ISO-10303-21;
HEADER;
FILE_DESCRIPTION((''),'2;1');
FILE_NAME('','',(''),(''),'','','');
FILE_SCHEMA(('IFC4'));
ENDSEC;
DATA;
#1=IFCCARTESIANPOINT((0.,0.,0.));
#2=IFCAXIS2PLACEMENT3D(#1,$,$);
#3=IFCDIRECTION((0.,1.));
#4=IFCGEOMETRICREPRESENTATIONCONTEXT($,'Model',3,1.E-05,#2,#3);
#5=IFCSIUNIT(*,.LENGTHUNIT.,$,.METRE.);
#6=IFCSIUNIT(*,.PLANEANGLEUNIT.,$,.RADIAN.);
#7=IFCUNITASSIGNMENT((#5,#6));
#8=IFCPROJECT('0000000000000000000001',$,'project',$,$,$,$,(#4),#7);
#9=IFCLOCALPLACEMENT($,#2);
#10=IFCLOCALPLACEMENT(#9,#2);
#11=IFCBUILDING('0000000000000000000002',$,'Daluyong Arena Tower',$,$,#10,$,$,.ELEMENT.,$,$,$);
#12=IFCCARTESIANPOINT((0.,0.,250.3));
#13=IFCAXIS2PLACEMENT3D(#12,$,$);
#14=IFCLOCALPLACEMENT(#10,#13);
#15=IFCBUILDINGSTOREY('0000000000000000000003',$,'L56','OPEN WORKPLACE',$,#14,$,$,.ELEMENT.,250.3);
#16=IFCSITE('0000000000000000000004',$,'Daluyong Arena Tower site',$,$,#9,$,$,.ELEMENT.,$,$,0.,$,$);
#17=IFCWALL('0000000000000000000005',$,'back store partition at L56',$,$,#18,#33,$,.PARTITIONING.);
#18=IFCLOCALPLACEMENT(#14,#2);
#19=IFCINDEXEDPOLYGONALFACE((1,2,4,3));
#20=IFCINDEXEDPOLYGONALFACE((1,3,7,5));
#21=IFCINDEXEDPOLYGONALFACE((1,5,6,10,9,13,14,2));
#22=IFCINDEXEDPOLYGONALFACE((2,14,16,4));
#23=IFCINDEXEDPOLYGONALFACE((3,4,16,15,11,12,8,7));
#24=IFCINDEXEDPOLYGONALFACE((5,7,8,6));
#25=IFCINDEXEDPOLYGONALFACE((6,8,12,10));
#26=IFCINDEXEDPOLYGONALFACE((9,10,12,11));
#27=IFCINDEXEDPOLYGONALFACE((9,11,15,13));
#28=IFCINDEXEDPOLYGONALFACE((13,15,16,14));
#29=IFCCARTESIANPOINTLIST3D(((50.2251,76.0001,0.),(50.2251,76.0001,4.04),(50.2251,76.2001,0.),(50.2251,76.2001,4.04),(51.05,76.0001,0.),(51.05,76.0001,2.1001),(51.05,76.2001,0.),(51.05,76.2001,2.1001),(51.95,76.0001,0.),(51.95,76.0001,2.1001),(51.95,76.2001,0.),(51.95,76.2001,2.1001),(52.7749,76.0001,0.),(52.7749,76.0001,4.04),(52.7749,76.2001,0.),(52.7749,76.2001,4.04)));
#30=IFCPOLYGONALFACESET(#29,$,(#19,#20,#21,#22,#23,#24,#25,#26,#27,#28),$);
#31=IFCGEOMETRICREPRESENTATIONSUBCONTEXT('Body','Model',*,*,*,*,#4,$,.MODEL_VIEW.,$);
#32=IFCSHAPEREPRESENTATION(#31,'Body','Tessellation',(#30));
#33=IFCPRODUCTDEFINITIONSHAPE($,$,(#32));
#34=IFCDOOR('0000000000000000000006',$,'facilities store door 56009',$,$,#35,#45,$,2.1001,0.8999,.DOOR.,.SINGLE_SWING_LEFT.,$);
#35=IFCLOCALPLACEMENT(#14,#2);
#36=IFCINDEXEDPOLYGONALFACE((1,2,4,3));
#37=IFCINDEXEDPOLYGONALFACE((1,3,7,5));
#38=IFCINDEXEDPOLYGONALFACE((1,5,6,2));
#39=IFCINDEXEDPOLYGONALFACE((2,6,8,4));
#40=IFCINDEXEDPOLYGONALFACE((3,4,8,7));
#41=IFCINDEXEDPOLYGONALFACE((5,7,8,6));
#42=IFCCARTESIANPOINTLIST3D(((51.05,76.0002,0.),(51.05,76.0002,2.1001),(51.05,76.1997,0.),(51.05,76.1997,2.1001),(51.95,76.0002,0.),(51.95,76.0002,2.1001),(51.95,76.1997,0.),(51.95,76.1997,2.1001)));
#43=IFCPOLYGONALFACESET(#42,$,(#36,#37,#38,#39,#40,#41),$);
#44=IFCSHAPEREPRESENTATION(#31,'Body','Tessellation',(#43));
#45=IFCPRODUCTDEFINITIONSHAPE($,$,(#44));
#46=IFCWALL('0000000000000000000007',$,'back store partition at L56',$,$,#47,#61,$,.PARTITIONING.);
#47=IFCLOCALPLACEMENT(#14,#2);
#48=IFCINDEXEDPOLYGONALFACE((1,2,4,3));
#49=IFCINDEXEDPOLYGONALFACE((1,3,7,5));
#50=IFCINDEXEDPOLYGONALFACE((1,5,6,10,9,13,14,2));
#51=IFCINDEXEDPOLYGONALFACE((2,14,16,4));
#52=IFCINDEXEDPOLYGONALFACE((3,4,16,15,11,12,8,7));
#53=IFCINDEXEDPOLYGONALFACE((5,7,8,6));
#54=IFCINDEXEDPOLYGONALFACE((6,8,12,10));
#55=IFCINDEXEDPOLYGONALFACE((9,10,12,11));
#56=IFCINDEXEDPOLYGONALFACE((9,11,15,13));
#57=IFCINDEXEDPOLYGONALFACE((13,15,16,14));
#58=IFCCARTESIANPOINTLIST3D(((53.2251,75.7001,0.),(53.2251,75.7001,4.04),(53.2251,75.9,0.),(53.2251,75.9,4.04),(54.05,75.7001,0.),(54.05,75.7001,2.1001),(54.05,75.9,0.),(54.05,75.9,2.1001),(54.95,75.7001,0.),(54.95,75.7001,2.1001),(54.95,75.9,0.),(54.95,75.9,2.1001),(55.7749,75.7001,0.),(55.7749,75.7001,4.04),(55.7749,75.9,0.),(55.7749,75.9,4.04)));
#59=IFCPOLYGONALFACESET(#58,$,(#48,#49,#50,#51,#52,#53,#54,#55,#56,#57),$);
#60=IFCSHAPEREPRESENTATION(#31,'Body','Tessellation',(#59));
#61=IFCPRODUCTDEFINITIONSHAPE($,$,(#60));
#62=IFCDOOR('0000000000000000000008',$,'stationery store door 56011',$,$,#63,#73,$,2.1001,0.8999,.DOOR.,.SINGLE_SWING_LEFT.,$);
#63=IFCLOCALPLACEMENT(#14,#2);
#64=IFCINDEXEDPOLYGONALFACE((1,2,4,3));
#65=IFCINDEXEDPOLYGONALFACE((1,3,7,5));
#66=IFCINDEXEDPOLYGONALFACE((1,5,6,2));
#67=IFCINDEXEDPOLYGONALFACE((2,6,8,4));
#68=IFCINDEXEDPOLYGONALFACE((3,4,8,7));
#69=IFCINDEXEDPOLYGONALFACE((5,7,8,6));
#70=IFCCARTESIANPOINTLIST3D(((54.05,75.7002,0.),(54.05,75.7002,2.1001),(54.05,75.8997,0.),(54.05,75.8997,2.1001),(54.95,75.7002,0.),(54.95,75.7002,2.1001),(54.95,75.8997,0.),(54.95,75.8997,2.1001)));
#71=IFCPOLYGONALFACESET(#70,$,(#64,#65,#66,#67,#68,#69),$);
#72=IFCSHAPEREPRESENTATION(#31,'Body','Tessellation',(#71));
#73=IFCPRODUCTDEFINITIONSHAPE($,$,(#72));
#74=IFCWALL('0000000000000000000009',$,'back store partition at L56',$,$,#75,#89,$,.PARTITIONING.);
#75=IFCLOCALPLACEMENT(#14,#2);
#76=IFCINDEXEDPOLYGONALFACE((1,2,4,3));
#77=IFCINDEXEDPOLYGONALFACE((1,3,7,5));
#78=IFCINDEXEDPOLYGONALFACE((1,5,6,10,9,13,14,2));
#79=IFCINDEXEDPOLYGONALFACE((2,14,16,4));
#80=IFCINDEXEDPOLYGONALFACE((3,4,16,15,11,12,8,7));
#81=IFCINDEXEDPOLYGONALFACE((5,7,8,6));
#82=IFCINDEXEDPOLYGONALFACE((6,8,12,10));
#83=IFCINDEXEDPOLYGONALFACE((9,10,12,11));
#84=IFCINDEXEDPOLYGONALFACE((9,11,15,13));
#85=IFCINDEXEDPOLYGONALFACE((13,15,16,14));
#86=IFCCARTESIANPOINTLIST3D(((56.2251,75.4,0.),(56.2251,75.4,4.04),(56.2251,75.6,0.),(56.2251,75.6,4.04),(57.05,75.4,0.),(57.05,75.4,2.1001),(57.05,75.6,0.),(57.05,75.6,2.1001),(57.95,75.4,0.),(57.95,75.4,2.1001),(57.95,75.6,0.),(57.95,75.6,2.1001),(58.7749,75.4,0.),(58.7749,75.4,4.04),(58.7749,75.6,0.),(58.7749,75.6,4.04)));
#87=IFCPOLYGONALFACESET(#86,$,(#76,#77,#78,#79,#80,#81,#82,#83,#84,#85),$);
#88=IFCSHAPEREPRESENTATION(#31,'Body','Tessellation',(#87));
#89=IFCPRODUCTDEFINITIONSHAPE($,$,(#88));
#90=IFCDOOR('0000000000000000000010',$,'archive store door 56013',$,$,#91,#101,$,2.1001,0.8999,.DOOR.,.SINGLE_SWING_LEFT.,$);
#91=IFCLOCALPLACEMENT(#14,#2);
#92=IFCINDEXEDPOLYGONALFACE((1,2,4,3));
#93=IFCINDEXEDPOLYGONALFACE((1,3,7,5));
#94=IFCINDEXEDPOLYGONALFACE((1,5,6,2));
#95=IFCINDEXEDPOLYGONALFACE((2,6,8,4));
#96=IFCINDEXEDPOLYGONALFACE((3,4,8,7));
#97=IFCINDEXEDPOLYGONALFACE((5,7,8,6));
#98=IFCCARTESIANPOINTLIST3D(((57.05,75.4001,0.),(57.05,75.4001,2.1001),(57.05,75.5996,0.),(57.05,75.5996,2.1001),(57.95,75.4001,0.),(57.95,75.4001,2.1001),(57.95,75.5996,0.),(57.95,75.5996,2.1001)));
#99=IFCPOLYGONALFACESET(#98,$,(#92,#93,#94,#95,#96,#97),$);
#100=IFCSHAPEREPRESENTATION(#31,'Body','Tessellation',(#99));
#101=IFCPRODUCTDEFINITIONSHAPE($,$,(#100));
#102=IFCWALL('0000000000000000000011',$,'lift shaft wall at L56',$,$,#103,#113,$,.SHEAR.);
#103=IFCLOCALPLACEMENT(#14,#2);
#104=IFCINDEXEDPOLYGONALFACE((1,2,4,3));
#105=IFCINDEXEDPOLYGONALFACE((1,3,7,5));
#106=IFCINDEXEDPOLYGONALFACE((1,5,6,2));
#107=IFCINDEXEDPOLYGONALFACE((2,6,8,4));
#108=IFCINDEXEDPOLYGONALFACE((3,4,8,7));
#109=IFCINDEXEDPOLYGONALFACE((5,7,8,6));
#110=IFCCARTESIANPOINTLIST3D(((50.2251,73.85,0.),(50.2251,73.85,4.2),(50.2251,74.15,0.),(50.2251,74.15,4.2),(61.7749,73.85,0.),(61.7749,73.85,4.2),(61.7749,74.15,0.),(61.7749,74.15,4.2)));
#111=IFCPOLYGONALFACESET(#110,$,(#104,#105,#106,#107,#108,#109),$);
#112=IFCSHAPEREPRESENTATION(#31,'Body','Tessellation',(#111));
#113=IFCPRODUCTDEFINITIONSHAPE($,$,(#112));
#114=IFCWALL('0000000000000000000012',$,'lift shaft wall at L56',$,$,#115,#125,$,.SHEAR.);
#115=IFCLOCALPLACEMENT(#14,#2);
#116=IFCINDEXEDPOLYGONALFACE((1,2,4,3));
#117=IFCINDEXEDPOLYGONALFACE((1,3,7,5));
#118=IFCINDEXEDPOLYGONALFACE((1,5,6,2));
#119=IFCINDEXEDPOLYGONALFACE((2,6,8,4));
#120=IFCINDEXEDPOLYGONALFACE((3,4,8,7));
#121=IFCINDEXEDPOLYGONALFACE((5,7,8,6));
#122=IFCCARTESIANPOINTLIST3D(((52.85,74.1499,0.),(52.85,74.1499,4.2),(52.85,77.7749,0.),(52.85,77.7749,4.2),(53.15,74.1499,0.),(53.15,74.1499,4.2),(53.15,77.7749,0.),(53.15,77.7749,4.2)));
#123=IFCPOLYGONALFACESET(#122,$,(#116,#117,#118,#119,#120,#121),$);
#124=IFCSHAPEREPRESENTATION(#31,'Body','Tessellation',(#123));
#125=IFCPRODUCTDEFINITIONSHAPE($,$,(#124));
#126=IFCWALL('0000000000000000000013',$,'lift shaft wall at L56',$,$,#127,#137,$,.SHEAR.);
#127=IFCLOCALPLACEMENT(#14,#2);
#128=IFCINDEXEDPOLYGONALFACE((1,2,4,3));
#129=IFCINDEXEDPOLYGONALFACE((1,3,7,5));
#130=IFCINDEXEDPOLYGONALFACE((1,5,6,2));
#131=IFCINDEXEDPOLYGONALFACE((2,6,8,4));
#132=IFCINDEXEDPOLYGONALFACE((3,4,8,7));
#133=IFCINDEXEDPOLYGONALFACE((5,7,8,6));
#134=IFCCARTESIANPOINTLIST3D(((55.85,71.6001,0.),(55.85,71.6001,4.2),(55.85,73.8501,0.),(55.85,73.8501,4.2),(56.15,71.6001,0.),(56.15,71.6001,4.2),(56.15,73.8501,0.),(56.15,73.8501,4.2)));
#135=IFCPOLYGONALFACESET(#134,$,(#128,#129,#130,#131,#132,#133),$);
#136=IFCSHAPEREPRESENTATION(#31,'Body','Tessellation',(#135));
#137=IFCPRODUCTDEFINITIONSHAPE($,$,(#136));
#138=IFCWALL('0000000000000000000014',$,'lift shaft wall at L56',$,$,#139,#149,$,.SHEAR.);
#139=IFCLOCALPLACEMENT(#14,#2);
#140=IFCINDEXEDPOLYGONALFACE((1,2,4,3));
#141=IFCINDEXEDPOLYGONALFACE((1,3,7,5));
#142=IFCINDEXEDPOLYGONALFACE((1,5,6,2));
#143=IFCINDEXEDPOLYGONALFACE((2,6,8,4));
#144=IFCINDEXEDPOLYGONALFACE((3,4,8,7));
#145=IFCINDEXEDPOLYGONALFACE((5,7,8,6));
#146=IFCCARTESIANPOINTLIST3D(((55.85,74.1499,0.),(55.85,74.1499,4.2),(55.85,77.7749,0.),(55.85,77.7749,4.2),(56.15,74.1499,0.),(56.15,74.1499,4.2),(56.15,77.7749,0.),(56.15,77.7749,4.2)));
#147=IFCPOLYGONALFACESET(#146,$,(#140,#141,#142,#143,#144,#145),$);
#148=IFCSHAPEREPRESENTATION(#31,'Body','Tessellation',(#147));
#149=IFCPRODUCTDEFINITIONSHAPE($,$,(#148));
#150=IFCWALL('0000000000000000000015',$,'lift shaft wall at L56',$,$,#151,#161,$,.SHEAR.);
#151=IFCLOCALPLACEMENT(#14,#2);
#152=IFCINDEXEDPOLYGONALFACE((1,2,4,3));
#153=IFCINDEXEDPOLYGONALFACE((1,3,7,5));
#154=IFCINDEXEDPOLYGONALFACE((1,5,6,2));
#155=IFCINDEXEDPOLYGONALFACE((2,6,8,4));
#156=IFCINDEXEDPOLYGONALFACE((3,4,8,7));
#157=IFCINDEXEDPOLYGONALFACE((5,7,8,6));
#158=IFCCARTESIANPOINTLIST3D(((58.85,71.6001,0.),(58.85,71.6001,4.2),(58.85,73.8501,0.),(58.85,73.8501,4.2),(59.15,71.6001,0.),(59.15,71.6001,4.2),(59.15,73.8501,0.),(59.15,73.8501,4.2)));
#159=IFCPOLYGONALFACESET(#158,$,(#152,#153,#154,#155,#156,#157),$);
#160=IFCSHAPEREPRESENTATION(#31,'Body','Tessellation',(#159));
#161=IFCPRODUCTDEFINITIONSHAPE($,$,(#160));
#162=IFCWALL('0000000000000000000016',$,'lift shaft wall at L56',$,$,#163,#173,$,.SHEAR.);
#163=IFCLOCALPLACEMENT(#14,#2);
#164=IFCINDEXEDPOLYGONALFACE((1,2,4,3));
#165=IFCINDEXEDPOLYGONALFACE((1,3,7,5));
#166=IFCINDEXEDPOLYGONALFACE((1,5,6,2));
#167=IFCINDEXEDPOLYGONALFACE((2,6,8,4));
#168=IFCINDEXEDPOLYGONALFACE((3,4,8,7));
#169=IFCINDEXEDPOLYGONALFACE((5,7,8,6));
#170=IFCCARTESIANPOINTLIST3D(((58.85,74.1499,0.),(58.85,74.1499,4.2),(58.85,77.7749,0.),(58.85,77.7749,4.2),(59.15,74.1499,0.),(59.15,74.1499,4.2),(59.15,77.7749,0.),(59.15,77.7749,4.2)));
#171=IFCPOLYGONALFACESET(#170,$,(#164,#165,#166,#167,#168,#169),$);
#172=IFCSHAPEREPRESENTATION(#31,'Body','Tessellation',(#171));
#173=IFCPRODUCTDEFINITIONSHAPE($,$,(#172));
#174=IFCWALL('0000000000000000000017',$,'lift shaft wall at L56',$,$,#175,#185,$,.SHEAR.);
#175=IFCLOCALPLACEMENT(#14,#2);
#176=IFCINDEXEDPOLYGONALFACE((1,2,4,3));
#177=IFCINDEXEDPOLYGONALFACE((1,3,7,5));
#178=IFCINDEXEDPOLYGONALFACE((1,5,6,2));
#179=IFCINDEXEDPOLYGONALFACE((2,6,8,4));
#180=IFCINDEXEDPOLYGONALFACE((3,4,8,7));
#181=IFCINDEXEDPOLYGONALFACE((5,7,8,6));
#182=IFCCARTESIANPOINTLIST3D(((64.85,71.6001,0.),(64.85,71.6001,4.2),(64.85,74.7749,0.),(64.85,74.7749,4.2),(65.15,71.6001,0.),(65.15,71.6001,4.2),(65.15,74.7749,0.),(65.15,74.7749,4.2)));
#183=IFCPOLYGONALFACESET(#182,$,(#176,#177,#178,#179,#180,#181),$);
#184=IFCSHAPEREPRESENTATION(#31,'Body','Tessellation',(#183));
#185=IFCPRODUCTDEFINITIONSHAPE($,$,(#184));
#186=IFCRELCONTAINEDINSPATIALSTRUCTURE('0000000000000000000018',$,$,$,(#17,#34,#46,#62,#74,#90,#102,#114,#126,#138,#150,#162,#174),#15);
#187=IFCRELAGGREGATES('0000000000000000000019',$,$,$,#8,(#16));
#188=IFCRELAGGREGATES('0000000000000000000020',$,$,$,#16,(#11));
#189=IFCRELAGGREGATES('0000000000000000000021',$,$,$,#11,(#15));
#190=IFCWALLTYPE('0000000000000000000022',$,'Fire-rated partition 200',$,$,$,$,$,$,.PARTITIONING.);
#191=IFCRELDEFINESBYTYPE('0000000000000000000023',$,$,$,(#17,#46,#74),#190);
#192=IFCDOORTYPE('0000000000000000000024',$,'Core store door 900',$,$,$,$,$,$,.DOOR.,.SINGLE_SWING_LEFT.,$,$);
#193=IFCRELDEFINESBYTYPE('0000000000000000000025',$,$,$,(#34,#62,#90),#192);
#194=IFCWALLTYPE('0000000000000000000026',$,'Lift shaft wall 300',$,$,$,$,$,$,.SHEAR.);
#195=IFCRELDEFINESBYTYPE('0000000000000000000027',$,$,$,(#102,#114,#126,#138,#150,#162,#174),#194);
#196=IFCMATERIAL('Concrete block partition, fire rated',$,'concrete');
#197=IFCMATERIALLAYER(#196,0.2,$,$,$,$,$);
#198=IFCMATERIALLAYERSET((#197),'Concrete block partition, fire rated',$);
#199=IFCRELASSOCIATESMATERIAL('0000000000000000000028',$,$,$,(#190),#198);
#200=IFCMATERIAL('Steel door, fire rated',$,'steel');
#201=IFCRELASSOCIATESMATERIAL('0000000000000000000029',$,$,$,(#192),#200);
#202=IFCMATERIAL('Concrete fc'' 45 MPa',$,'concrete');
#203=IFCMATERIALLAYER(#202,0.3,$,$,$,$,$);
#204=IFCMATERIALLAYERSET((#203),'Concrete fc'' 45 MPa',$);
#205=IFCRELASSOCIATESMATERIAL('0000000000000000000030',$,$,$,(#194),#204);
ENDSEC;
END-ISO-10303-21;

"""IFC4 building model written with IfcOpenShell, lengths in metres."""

from ifc_helpers import new_model, si_unit, direction, frame, frame_2d, origin, place, context, subcontext, project, spatial, rectangle, extrude, material, layer, layer_set, type_object, element, fill, save


model = new_model("IFC4")

# Units and contexts
model_context = context("Model", 3, precision=1e-05, world=origin(), true_north=direction((0.0, 1.0)))
body_context = subcontext(model_context, "Body", "Model", "MODEL_VIEW")
ifc_project = project(units=[si_unit("LENGTHUNIT", "METRE"), si_unit("PLANEANGLEUNIT", "RADIAN")], contexts=[model_context])

# Site, building, storey
site_placement = place(None, origin())
site = spatial("IfcSite", under=ifc_project, at=site_placement, Name="Daluyong Arena Tower site", CompositionType="ELEMENT", RefElevation=0.0)
building_placement = place(site_placement, origin())
building = spatial("IfcBuilding", under=site, at=building_placement, Name="Daluyong Arena Tower", CompositionType="ELEMENT")
storey_placement = place(building_placement, frame((0.0, 0.0, 250.3)))
storey = spatial("IfcBuildingStorey", under=building, at=storey_placement, Name="L56", Description="OPEN WORKPLACE", CompositionType="ELEMENT", Elevation=250.3)

# Walls, openings, doors
ifc_material_1 = material(Name="Concrete block partition, fire rated", Category="concrete")
ifc_layer_1 = layer(ifc_material_1, 0.2)
ifc_layer_set_1 = layer_set([ifc_layer_1], Name="Concrete block partition, fire rated")
wall_type_1 = type_object("IfcWallType", Name="Fire-rated partition 200", PredefinedType="PARTITIONING", material=ifc_layer_set_1)
wall_1_placement = place(storey_placement, frame((50.2251, 76.1001, 0.0), z_axis=(0.0, 0.0, 1.0), x_axis=(1.0, 0.0, 0.0)))
wall_1 = element("IfcWall", 1, at=wall_1_placement, inside=storey, type_object=wall_type_1, Name="back store partition at L56", PredefinedType="PARTITIONING", context=body_context, shape_type="SweptSolid", body=[
    extrude(rectangle(XDim=2.5498, YDim=0.2, at=frame_2d((1.2749, 0.0))), origin(), (0.0, 0.0, 1.0), 4.04),
])
opening_1_placement = place(wall_1_placement, frame((0.825, 0.0, 0.0)))
opening_1 = element("IfcOpeningElement", 2, at=opening_1_placement, cuts=wall_1, PredefinedType="OPENING", context=body_context, shape_type="SweptSolid", body=[
    extrude(rectangle(XDim=0.8999, YDim=2.1001, at=frame_2d((0.45, 1.05))), frame((0.0, 0.1099, 0.0), z_axis=(0.0, -1.0, 0.0), x_axis=(1.0, 0.0, 0.0)), (0.0, 0.0, 1.0), 0.22),
])
ifc_material_2 = material(Name="Steel door, fire rated", Category="steel")
door_type_1 = type_object("IfcDoorType", Name="Core store door 900", OperationType="SINGLE_SWING_LEFT", PredefinedType="DOOR", material=ifc_material_2)
door_1_placement = place(opening_1_placement, origin())
door_1 = element("IfcDoor", 3, at=door_1_placement, inside=storey, type_object=door_type_1, Name="facilities store door 56009", OperationType="SINGLE_SWING_LEFT", OverallHeight=2.1001, OverallWidth=0.8999, PredefinedType="DOOR", context=body_context, shape_type="SweptSolid", body=[
    extrude(rectangle(XDim=0.8999, YDim=2.1001, at=frame_2d((0.45, 1.05))), frame((0.0, 0.0996, 0.0), z_axis=(0.0, -1.0, 0.0), x_axis=(1.0, 0.0, 0.0)), (0.0, 0.0, 1.0), 0.1995),
])
fill(opening_1, door_1)
wall_2_placement = place(storey_placement, frame((53.2251, 75.8, 0.0), z_axis=(0.0, 0.0, 1.0), x_axis=(1.0, 0.0, 0.0)))
wall_2 = element("IfcWall", 4, at=wall_2_placement, inside=storey, type_object=wall_type_1, Name="back store partition at L56", PredefinedType="PARTITIONING", context=body_context, shape_type="SweptSolid", body=[
    extrude(rectangle(XDim=2.5498, YDim=0.2, at=frame_2d((1.2749, 0.0))), origin(), (0.0, 0.0, 1.0), 4.04),
])
opening_2_placement = place(wall_2_placement, frame((0.825, 0.0, 0.0)))
opening_2 = element("IfcOpeningElement", 5, at=opening_2_placement, cuts=wall_2, PredefinedType="OPENING", context=body_context, shape_type="SweptSolid", body=[
    extrude(rectangle(XDim=0.8999, YDim=2.1001, at=frame_2d((0.45, 1.05))), frame((0.0, 0.1099, 0.0), z_axis=(0.0, -1.0, 0.0), x_axis=(1.0, 0.0, 0.0)), (0.0, 0.0, 1.0), 0.22),
])
door_2_placement = place(opening_2_placement, origin())
door_2 = element("IfcDoor", 6, at=door_2_placement, inside=storey, type_object=door_type_1, Name="stationery store door 56011", OperationType="SINGLE_SWING_LEFT", OverallHeight=2.1001, OverallWidth=0.8999, PredefinedType="DOOR", context=body_context, shape_type="SweptSolid", body=[
    extrude(rectangle(XDim=0.8999, YDim=2.1001, at=frame_2d((0.45, 1.05))), frame((0.0, 0.0996, 0.0), z_axis=(0.0, -1.0, 0.0), x_axis=(1.0, 0.0, 0.0)), (0.0, 0.0, 1.0), 0.1995),
])
fill(opening_2, door_2)
wall_3_placement = place(storey_placement, frame((56.2251, 75.5, 0.0), z_axis=(0.0, 0.0, 1.0), x_axis=(1.0, 0.0, 0.0)))
wall_3 = element("IfcWall", 7, at=wall_3_placement, inside=storey, type_object=wall_type_1, Name="back store partition at L56", PredefinedType="PARTITIONING", context=body_context, shape_type="SweptSolid", body=[
    extrude(rectangle(XDim=2.5498, YDim=0.2, at=frame_2d((1.2749, 0.0))), origin(), (0.0, 0.0, 1.0), 4.04),
])
opening_3_placement = place(wall_3_placement, frame((0.825, 0.0, 0.0)))
opening_3 = element("IfcOpeningElement", 8, at=opening_3_placement, cuts=wall_3, PredefinedType="OPENING", context=body_context, shape_type="SweptSolid", body=[
    extrude(rectangle(XDim=0.8999, YDim=2.1001, at=frame_2d((0.45, 1.05))), frame((0.0, 0.1099, 0.0), z_axis=(0.0, -1.0, 0.0), x_axis=(1.0, 0.0, 0.0)), (0.0, 0.0, 1.0), 0.22),
])
door_3_placement = place(opening_3_placement, origin())
door_3 = element("IfcDoor", 9, at=door_3_placement, inside=storey, type_object=door_type_1, Name="archive store door 56013", OperationType="SINGLE_SWING_LEFT", OverallHeight=2.1001, OverallWidth=0.8999, PredefinedType="DOOR", context=body_context, shape_type="SweptSolid", body=[
    extrude(rectangle(XDim=0.8999, YDim=2.1001, at=frame_2d((0.45, 1.05))), frame((0.0, 0.0996, 0.0), z_axis=(0.0, -1.0, 0.0), x_axis=(1.0, 0.0, 0.0)), (0.0, 0.0, 1.0), 0.1995),
])
fill(opening_3, door_3)

# Walls
ifc_material_3 = material(Name="Concrete fc' 45 MPa", Category="concrete")
ifc_layer_2 = layer(ifc_material_3, 0.3)
ifc_layer_set_2 = layer_set([ifc_layer_2], Name="Concrete fc' 45 MPa")
wall_type_2 = type_object("IfcWallType", Name="Lift shaft wall 300", PredefinedType="SHEAR", material=ifc_layer_set_2)
wall_4_placement = place(storey_placement, frame((50.2251, 74.0, 0.0), z_axis=(0.0, 0.0, 1.0), x_axis=(1.0, 0.0, 0.0)))
element("IfcWall", 10, at=wall_4_placement, inside=storey, type_object=wall_type_2, Name="lift shaft wall at L56", PredefinedType="SHEAR", context=body_context, shape_type="SweptSolid", body=[
    extrude(rectangle(XDim=11.5498, YDim=0.3, at=frame_2d((5.7749, 0.0))), origin(), (0.0, 0.0, 1.0), 4.2),
])
wall_5_placement = place(storey_placement, frame((53.0, 74.1499, 0.0), z_axis=(0.0, 0.0, 1.0), x_axis=(0.0, 1.0, 0.0)))
element("IfcWall", 11, at=wall_5_placement, inside=storey, type_object=wall_type_2, Name="lift shaft wall at L56", PredefinedType="SHEAR", context=body_context, shape_type="SweptSolid", body=[
    extrude(rectangle(XDim=3.625, YDim=0.3, at=frame_2d((1.8125, 0.0))), origin(), (0.0, 0.0, 1.0), 4.2),
])
wall_6_placement = place(storey_placement, frame((56.0, 71.6001, 0.0), z_axis=(0.0, 0.0, 1.0), x_axis=(0.0, 1.0, 0.0)))
element("IfcWall", 12, at=wall_6_placement, inside=storey, type_object=wall_type_2, Name="lift shaft wall at L56", PredefinedType="SHEAR", context=body_context, shape_type="SweptSolid", body=[
    extrude(rectangle(XDim=2.25, YDim=0.3, at=frame_2d((1.125, 0.0))), origin(), (0.0, 0.0, 1.0), 4.2),
])
wall_7_placement = place(storey_placement, frame((56.0, 74.1499, 0.0), z_axis=(0.0, 0.0, 1.0), x_axis=(0.0, 1.0, 0.0)))
element("IfcWall", 13, at=wall_7_placement, inside=storey, type_object=wall_type_2, Name="lift shaft wall at L56", PredefinedType="SHEAR", context=body_context, shape_type="SweptSolid", body=[
    extrude(rectangle(XDim=3.625, YDim=0.3, at=frame_2d((1.8125, 0.0))), origin(), (0.0, 0.0, 1.0), 4.2),
])
wall_8_placement = place(storey_placement, frame((59.0, 71.6001, 0.0), z_axis=(0.0, 0.0, 1.0), x_axis=(0.0, 1.0, 0.0)))
element("IfcWall", 14, at=wall_8_placement, inside=storey, type_object=wall_type_2, Name="lift shaft wall at L56", PredefinedType="SHEAR", context=body_context, shape_type="SweptSolid", body=[
    extrude(rectangle(XDim=2.25, YDim=0.3, at=frame_2d((1.125, 0.0))), origin(), (0.0, 0.0, 1.0), 4.2),
])
wall_9_placement = place(storey_placement, frame((59.0, 74.1499, 0.0), z_axis=(0.0, 0.0, 1.0), x_axis=(0.0, 1.0, 0.0)))
element("IfcWall", 15, at=wall_9_placement, inside=storey, type_object=wall_type_2, Name="lift shaft wall at L56", PredefinedType="SHEAR", context=body_context, shape_type="SweptSolid", body=[
    extrude(rectangle(XDim=3.625, YDim=0.3, at=frame_2d((1.8125, 0.0))), origin(), (0.0, 0.0, 1.0), 4.2),
])
wall_10_placement = place(storey_placement, frame((65.0, 71.6001, 0.0), z_axis=(0.0, 0.0, 1.0), x_axis=(0.0, 1.0, 0.0)))
element("IfcWall", 16, at=wall_10_placement, inside=storey, type_object=wall_type_2, Name="lift shaft wall at L56", PredefinedType="SHEAR", context=body_context, shape_type="SweptSolid", body=[
    extrude(rectangle(XDim=3.1748, YDim=0.3, at=frame_2d((1.5874, 0.0))), origin(), (0.0, 0.0, 1.0), 4.2),
])

save(model, "model.ifc")
